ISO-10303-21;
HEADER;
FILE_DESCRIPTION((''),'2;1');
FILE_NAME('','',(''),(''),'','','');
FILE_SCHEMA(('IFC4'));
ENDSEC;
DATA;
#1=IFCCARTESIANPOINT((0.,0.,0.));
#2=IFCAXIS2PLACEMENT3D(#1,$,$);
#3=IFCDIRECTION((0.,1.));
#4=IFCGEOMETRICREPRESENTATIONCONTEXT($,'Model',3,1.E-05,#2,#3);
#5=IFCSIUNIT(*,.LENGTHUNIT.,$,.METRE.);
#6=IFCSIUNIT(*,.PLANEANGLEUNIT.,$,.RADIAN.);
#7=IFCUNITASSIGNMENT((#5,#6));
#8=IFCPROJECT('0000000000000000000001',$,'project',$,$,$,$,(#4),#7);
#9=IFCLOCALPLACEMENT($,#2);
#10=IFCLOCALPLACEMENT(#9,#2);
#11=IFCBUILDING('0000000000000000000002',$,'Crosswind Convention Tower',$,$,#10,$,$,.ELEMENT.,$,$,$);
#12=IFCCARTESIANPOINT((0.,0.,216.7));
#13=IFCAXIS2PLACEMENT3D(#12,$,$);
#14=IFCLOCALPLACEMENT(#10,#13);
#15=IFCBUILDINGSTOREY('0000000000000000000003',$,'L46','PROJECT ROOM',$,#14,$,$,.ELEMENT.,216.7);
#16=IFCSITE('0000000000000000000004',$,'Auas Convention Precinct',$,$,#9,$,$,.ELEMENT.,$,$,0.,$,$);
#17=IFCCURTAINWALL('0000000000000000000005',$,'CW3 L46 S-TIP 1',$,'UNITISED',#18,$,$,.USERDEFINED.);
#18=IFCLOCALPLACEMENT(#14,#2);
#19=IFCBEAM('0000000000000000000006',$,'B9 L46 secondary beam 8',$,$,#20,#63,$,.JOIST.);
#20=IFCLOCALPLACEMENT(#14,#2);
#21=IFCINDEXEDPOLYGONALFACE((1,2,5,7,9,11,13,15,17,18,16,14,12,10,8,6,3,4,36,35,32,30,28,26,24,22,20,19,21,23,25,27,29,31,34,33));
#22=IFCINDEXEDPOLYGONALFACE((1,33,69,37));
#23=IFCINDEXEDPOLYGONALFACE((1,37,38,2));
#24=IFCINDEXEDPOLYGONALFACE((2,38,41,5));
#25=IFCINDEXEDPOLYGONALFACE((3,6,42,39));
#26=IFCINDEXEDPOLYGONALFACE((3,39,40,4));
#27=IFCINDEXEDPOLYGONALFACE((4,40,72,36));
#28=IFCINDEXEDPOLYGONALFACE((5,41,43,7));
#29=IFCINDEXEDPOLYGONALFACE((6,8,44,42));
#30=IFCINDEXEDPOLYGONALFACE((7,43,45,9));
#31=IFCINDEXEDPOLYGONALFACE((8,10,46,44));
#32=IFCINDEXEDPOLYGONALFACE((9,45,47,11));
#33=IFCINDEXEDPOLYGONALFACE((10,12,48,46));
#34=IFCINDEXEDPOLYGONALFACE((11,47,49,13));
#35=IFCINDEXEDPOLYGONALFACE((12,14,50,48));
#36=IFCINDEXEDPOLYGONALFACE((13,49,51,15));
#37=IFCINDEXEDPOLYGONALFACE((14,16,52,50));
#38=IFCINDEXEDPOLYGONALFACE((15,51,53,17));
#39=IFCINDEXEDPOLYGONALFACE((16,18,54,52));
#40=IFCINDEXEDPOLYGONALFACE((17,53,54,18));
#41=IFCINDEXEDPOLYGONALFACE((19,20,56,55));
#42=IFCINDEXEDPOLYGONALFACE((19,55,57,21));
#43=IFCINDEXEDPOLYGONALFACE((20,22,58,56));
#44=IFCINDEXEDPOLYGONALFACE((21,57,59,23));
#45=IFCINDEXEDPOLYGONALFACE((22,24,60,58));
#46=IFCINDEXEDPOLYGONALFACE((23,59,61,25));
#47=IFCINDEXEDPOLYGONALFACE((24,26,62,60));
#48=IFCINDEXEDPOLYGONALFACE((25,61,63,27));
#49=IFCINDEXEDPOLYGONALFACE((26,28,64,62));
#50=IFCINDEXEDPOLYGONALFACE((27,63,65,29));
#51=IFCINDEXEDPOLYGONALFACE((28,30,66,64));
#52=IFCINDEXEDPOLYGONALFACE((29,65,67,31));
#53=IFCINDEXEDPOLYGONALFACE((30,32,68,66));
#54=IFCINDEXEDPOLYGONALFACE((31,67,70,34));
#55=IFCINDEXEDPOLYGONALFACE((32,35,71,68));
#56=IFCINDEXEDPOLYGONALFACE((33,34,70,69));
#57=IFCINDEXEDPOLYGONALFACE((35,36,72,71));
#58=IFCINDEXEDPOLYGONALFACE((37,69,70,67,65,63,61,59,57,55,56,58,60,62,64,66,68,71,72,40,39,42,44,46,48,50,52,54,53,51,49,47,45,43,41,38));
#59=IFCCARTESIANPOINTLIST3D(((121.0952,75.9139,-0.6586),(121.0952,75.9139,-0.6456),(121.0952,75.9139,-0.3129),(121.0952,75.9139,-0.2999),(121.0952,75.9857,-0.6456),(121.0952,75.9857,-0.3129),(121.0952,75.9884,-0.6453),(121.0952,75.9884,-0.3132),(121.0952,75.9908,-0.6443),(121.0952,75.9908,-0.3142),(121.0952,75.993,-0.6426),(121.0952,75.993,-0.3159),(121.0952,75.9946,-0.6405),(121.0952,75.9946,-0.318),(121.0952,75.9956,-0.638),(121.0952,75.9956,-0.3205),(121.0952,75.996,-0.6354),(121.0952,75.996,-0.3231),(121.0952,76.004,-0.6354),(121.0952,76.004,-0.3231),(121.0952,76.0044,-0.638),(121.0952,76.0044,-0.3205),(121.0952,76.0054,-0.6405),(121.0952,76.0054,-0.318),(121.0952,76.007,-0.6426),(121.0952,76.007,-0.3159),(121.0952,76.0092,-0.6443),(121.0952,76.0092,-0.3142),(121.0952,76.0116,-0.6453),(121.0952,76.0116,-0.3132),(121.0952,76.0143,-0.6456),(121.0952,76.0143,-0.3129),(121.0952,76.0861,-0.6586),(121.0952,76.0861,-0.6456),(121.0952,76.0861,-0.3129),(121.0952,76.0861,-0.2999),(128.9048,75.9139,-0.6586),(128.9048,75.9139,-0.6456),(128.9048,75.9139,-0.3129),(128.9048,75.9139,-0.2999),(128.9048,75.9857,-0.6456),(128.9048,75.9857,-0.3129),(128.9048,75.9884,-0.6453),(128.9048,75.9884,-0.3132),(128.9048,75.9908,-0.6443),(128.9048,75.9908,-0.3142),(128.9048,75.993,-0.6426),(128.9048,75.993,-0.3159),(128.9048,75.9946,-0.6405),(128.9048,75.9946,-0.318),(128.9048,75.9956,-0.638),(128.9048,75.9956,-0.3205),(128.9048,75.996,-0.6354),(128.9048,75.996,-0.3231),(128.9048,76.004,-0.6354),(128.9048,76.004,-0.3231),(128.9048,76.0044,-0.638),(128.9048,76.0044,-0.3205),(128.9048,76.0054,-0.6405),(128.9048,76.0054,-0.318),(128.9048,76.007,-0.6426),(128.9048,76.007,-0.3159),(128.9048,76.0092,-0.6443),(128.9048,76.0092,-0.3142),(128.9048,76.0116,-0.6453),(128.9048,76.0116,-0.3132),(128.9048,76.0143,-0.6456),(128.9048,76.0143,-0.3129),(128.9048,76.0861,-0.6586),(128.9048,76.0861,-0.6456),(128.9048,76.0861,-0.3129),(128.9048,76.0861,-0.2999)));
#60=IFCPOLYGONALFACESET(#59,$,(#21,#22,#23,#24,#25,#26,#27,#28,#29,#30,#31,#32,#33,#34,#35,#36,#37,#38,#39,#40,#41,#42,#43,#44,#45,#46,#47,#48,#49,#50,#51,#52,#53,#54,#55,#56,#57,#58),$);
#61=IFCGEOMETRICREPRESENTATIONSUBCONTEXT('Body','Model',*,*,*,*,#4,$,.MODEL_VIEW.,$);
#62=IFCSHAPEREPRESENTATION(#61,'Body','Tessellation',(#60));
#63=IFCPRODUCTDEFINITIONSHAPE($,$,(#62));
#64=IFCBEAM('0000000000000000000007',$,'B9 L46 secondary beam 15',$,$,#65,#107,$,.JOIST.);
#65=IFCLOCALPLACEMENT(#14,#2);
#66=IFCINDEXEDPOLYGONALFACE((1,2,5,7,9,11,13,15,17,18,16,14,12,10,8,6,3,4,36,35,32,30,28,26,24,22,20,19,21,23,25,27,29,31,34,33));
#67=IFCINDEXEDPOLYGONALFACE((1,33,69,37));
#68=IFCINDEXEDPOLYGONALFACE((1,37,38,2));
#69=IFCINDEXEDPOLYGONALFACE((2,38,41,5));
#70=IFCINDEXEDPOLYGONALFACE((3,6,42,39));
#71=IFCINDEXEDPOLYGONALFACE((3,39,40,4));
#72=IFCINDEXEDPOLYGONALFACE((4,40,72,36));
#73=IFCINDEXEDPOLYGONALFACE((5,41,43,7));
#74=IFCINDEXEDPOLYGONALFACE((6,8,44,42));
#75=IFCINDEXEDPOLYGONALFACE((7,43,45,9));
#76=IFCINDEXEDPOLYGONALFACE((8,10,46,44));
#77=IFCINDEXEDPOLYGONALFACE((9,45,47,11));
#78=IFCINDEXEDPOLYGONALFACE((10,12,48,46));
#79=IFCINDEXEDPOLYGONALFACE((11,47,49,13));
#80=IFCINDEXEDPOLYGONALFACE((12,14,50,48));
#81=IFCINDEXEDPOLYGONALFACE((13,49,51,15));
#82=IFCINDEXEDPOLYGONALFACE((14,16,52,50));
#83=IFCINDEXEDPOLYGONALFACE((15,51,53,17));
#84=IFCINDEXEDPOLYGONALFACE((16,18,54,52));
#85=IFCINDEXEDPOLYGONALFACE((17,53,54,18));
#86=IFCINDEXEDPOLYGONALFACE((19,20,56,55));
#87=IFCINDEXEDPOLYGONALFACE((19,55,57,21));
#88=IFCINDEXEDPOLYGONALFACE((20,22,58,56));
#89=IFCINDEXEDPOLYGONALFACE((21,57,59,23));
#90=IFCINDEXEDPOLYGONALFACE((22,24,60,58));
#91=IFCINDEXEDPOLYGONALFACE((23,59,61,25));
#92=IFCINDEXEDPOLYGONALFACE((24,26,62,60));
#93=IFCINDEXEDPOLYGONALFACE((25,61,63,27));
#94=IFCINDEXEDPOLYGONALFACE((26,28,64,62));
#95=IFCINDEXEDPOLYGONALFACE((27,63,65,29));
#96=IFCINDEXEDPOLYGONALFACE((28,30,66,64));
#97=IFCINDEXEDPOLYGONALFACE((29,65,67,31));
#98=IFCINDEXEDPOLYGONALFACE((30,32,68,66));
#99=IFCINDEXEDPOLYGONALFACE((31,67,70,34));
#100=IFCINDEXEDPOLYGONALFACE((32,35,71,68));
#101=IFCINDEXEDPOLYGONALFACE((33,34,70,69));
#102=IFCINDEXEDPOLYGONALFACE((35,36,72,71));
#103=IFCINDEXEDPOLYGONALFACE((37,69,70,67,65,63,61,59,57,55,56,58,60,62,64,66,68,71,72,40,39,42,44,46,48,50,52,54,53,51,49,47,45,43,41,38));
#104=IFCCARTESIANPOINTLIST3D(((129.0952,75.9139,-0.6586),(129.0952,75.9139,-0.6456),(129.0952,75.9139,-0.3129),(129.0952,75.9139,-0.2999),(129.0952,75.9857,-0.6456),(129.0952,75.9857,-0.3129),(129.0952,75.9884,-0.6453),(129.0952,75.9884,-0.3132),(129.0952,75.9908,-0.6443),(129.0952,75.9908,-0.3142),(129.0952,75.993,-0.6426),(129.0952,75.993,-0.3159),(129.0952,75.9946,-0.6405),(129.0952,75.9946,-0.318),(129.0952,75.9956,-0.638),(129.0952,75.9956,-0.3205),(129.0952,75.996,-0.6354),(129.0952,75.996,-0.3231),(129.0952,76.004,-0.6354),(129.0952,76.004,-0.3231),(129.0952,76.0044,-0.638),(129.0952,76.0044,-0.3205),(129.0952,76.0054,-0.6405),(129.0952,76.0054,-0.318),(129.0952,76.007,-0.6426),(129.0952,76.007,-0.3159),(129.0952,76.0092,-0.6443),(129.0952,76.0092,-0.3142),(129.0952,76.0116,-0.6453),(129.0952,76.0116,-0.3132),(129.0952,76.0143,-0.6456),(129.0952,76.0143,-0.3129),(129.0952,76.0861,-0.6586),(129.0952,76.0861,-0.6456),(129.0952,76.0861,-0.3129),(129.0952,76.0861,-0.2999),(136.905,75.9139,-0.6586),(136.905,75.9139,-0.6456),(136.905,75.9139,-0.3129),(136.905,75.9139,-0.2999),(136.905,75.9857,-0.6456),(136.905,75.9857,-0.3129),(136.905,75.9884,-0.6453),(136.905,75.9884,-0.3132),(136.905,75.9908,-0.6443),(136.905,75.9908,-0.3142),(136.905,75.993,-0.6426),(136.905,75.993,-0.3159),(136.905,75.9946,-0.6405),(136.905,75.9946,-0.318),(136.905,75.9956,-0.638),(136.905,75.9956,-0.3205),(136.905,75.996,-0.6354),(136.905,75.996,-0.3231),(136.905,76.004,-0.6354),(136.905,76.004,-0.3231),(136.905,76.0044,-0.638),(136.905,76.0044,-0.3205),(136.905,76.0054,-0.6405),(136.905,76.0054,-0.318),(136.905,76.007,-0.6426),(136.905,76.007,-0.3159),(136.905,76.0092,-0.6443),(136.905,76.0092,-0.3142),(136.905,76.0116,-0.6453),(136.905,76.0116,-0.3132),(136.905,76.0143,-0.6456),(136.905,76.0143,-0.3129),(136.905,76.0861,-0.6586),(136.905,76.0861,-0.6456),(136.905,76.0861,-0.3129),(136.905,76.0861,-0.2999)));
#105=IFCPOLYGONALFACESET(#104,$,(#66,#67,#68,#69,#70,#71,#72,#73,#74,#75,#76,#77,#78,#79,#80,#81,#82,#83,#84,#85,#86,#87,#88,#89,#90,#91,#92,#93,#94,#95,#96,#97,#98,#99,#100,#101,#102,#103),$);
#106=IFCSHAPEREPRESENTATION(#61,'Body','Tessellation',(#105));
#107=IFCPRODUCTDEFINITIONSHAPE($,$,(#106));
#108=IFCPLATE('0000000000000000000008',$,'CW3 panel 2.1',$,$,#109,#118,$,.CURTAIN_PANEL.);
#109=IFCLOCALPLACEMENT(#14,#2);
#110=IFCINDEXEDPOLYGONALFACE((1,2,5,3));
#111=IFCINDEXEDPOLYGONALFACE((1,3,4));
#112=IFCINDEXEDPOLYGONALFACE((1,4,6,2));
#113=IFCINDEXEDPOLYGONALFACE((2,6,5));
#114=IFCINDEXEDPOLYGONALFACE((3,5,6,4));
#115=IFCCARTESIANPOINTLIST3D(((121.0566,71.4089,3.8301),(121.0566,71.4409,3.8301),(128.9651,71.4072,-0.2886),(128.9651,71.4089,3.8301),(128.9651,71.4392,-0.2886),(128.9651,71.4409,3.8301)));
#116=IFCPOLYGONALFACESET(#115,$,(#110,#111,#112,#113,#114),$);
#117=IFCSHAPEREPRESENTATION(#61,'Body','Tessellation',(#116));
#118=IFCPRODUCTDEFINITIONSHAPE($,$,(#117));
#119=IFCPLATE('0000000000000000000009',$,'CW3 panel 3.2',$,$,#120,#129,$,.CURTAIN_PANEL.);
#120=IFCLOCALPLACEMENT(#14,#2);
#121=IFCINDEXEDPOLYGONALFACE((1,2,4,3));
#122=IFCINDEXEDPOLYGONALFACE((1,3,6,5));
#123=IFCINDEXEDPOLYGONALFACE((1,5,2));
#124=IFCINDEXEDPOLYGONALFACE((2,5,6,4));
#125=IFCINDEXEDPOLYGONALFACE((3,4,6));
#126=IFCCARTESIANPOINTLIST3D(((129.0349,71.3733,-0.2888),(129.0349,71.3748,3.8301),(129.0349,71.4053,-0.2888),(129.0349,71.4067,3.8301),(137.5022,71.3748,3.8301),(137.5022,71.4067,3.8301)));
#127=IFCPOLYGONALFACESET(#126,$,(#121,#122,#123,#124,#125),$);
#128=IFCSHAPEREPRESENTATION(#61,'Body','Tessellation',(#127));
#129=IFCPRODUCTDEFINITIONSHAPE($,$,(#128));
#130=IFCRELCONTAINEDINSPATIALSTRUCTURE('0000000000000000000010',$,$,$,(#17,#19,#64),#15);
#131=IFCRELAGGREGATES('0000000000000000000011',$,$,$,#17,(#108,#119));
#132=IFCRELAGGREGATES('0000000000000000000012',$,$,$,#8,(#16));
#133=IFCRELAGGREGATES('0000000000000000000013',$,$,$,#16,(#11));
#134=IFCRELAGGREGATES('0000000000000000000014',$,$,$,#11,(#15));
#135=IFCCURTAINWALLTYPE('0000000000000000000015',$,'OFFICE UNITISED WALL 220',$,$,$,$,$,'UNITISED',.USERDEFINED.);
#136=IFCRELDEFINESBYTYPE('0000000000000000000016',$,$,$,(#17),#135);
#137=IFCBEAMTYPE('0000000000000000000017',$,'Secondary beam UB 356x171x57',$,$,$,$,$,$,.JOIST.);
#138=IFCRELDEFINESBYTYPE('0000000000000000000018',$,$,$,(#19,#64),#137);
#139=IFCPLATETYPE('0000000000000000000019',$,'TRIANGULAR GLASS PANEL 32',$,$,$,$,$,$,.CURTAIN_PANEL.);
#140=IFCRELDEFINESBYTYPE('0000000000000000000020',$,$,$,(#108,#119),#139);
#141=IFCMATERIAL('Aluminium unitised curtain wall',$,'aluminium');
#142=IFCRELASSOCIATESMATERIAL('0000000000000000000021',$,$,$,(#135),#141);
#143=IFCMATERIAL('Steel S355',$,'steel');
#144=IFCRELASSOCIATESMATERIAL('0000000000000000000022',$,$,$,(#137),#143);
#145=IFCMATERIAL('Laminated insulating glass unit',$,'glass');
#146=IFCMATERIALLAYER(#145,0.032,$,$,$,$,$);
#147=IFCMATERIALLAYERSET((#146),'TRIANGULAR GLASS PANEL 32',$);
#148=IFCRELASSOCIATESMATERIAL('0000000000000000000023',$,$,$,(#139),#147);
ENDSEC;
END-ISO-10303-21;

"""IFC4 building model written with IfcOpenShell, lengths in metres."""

from ifc_helpers import new_model, si_unit, direction, frame, origin, origin_2d, place, context, subcontext, project, spatial, polyline, i_section, outline, extrude, material, layer, layer_set, material_profile, profile_set, type_object, element, aggregate, save


model = new_model("IFC4")

# Units and contexts
model_context = context("Model", 3, precision=1e-05, world=origin(), true_north=direction((0.0, 1.0)))
body_context = subcontext(model_context, "Body", "Model", "MODEL_VIEW")
ifc_project = project(units=[si_unit("LENGTHUNIT", "METRE"), si_unit("PLANEANGLEUNIT", "RADIAN")], contexts=[model_context])

# Site, building, storey
site_placement = place(None, origin())
site = spatial("IfcSite", under=ifc_project, at=site_placement, Name="Auas Convention Precinct", CompositionType="ELEMENT", RefElevation=0.0)
building_placement = place(site_placement, origin())
building = spatial("IfcBuilding", under=site, at=building_placement, Name="Crosswind Convention Tower", CompositionType="ELEMENT")
storey_placement = place(building_placement, frame((0.0, 0.0, 216.7)))
storey = spatial("IfcBuildingStorey", under=building, at=storey_placement, Name="L46", Description="PROJECT ROOM", CompositionType="ELEMENT", Elevation=216.7)

# Shared definitions
ifc_material_1 = material(Name="Steel S355", Category="steel")

# Curtain wall
ifc_material_2 = material(Name="Aluminium unitised curtain wall", Category="aluminium")
curtain_wall_type = type_object("IfcCurtainWallType", Name="OFFICE UNITISED WALL 220", ElementType="UNITISED", PredefinedType="USERDEFINED", material=ifc_material_2)
curtain_wall_placement = place(storey_placement, origin())
curtain_wall = element("IfcCurtainWall", 1, at=curtain_wall_placement, inside=storey, type_object=curtain_wall_type, Name="CW3 L46 S-TIP 1", ObjectType="UNITISED", PredefinedType="USERDEFINED")

# Beams
ifc_material_profile_1 = material_profile(ifc_material_1, i_section(OverallWidth=0.1721, OverallDepth=0.3586, WebThickness=0.0081, FlangeThickness=0.0129, FilletRadius=0.0103, at=origin_2d()), Name="UB 356x171x57")
ifc_profile_set_1 = profile_set([ifc_material_profile_1], Name="Steel S355")
beam_type_1 = type_object("IfcBeamType", Name="Secondary beam UB 356x171x57", PredefinedType="JOIST", material=ifc_profile_set_1)
beam_1_placement = place(storey_placement, frame((121.0952, 76.0, -0.4792), z_axis=(1.0, 0.0, 0.0), x_axis=(0.0, 1.0, 0.0)))
element("IfcBeam", 2, at=beam_1_placement, inside=storey, type_object=beam_type_1, Name="B9 L46 secondary beam 8", PredefinedType="JOIST", context=body_context, shape_type="SweptSolid", body=[
    extrude(i_section(OverallWidth=0.1721, OverallDepth=0.3586, WebThickness=0.0081, FlangeThickness=0.0129, FilletRadius=0.0103, at=origin_2d()), origin(), (0.0, 0.0, 1.0), 7.8096),
])
beam_2_placement = place(storey_placement, frame((129.0952, 76.0, -0.4792), z_axis=(1.0, 0.0, 0.0), x_axis=(0.0, 1.0, 0.0)))
element("IfcBeam", 3, at=beam_2_placement, inside=storey, type_object=beam_type_1, Name="B9 L46 secondary beam 15", PredefinedType="JOIST", context=body_context, shape_type="SweptSolid", body=[
    extrude(i_section(OverallWidth=0.1721, OverallDepth=0.3586, WebThickness=0.0081, FlangeThickness=0.0129, FilletRadius=0.0103, at=origin_2d()), origin(), (0.0, 0.0, 1.0), 7.8098),
])

# Plates
ifc_material_3 = material(Name="Laminated insulating glass unit", Category="glass")
ifc_layer_1 = layer(ifc_material_3, 0.032)
ifc_layer_set_1 = layer_set([ifc_layer_1], Name="TRIANGULAR GLASS PANEL 32")
plate_type = type_object("IfcPlateType", Name="TRIANGULAR GLASS PANEL 32", PredefinedType="CURTAIN_PANEL", material=ifc_layer_set_1)
plate_1_placement = place(storey_placement, frame((128.9651, 71.4089, 3.8301), z_axis=(0.0, -1.0, 0.000415), x_axis=(-1.0, 0.0, 0.0)))
plate_1 = element("IfcPlate", 4, at=plate_1_placement, type_object=plate_type, Name="CW3 panel 2.1", PredefinedType="CURTAIN_PANEL", context=body_context, shape_type="SweptSolid", body=[
    extrude(outline(polyline([(0.0, 0.0), (7.9084, 0.0), (0.0, 4.1187), (0.0, 0.0)])), origin(), (0.0, 0.0, -1.0), 0.032),
])
plate_2_placement = place(storey_placement, frame((129.0349, 71.3748, 3.8301), z_axis=(0.0, -1.0, 0.000356), x_axis=(0.0, -0.000356, -1.0)))
plate_2 = element("IfcPlate", 5, at=plate_2_placement, type_object=plate_type, Name="CW3 panel 3.2", PredefinedType="CURTAIN_PANEL", context=body_context, shape_type="SweptSolid", body=[
    extrude(outline(polyline([(0.0, 0.0), (4.1189, 0.0), (0.0, 8.4673), (0.0, 0.0)])), origin(), (0.0, 0.0, -1.0), 0.032),
])
aggregate(curtain_wall, [plate_1, plate_2])

save(model, "model.ifc")
